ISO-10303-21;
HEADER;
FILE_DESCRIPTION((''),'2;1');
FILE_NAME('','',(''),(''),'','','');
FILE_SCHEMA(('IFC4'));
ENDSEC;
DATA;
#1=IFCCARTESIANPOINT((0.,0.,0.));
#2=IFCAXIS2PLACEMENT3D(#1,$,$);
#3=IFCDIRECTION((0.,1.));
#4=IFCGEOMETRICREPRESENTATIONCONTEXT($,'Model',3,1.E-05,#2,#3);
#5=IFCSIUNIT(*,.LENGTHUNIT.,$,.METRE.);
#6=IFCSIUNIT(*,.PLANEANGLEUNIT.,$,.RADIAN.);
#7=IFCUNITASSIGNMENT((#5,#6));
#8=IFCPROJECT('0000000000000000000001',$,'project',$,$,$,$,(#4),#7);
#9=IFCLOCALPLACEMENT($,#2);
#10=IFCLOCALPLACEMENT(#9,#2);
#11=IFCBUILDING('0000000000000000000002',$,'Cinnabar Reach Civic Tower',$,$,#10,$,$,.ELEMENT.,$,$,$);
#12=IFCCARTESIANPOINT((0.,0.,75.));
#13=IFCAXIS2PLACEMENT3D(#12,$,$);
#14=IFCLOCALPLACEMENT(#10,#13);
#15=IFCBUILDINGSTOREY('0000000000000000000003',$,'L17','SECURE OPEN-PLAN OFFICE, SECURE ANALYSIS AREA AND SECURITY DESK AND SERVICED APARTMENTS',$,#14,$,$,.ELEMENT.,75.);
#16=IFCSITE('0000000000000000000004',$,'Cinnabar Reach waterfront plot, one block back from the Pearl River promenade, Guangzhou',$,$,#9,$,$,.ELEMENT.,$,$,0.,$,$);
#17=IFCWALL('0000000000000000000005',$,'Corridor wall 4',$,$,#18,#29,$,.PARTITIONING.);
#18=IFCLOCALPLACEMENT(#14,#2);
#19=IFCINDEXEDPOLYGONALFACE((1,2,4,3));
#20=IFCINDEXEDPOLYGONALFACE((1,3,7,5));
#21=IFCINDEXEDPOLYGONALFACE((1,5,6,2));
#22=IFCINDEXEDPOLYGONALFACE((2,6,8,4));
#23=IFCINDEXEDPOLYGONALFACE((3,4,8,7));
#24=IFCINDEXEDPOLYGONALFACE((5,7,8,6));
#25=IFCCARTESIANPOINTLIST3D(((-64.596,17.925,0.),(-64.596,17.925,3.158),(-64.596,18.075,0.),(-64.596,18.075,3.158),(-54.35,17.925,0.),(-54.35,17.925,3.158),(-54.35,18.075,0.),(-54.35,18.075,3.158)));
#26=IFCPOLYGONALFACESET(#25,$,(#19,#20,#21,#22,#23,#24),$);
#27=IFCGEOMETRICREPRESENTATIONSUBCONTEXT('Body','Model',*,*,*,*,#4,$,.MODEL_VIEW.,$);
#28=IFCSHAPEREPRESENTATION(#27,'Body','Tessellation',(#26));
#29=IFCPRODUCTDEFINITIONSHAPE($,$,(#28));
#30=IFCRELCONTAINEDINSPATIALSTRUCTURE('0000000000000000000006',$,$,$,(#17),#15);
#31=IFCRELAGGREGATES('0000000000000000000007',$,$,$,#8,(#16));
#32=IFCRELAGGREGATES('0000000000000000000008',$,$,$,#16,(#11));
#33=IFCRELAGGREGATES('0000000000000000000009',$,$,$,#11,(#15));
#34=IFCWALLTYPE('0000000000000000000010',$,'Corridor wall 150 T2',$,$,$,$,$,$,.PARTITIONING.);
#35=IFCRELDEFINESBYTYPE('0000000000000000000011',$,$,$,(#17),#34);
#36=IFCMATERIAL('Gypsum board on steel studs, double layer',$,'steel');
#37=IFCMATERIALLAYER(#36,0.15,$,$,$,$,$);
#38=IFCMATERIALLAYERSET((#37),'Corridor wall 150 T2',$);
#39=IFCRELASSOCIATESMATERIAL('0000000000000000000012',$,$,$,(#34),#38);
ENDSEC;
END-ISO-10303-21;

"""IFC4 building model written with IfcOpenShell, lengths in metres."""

from ifc_helpers import new_model, si_unit, direction, frame, frame_2d, origin, place, context, subcontext, project, spatial, rectangle, extrude, material, layer, layer_set, type_object, element, save


model = new_model("IFC4")

# Units and contexts
model_context = context("Model", 3, precision=1e-05, world=origin(), true_north=direction((0.0, 1.0)))
body_context = subcontext(model_context, "Body", "Model", "MODEL_VIEW")
ifc_project = project(units=[si_unit("LENGTHUNIT", "METRE"), si_unit("PLANEANGLEUNIT", "RADIAN")], contexts=[model_context])

# Site, building, storey
site_placement = place(None, origin())
site = spatial("IfcSite", under=ifc_project, at=site_placement, Name="Cinnabar Reach waterfront plot, one block back from the Pearl River promenade, Guangzhou", CompositionType="ELEMENT", RefElevation=0.0)
building_placement = place(site_placement, origin())
building = spatial("IfcBuilding", under=site, at=building_placement, Name="Cinnabar Reach Civic Tower", CompositionType="ELEMENT")
storey_placement = place(building_placement, frame((0.0, 0.0, 75.0)))
storey = spatial("IfcBuildingStorey", under=building, at=storey_placement, Name="L17", Description="SECURE OPEN-PLAN OFFICE, SECURE ANALYSIS AREA AND SECURITY DESK AND SERVICED APARTMENTS", CompositionType="ELEMENT", Elevation=75.0)

# Wall
ifc_material_1 = material(Name="Gypsum board on steel studs, double layer", Category="steel")
ifc_layer_1 = layer(ifc_material_1, 0.15)
ifc_layer_set_1 = layer_set([ifc_layer_1], Name="Corridor wall 150 T2")
wall_type_1 = type_object("IfcWallType", Name="Corridor wall 150 T2", PredefinedType="PARTITIONING", material=ifc_layer_set_1)
wall_1_placement = place(storey_placement, frame((-64.5961, 18.0, 0.0), z_axis=(0.0, 0.0, 1.0), x_axis=(1.0, 0.0, 0.0)))
element("IfcWall", 1, at=wall_1_placement, inside=storey, type_object=wall_type_1, Name="Corridor wall 4", PredefinedType="PARTITIONING", context=body_context, shape_type="SweptSolid", body=[
    extrude(rectangle(XDim=10.2461, YDim=0.15, at=frame_2d((5.1231, 0.0))), origin(), (0.0, 0.0, 1.0), 3.158),
])

save(model, "model.ifc")
